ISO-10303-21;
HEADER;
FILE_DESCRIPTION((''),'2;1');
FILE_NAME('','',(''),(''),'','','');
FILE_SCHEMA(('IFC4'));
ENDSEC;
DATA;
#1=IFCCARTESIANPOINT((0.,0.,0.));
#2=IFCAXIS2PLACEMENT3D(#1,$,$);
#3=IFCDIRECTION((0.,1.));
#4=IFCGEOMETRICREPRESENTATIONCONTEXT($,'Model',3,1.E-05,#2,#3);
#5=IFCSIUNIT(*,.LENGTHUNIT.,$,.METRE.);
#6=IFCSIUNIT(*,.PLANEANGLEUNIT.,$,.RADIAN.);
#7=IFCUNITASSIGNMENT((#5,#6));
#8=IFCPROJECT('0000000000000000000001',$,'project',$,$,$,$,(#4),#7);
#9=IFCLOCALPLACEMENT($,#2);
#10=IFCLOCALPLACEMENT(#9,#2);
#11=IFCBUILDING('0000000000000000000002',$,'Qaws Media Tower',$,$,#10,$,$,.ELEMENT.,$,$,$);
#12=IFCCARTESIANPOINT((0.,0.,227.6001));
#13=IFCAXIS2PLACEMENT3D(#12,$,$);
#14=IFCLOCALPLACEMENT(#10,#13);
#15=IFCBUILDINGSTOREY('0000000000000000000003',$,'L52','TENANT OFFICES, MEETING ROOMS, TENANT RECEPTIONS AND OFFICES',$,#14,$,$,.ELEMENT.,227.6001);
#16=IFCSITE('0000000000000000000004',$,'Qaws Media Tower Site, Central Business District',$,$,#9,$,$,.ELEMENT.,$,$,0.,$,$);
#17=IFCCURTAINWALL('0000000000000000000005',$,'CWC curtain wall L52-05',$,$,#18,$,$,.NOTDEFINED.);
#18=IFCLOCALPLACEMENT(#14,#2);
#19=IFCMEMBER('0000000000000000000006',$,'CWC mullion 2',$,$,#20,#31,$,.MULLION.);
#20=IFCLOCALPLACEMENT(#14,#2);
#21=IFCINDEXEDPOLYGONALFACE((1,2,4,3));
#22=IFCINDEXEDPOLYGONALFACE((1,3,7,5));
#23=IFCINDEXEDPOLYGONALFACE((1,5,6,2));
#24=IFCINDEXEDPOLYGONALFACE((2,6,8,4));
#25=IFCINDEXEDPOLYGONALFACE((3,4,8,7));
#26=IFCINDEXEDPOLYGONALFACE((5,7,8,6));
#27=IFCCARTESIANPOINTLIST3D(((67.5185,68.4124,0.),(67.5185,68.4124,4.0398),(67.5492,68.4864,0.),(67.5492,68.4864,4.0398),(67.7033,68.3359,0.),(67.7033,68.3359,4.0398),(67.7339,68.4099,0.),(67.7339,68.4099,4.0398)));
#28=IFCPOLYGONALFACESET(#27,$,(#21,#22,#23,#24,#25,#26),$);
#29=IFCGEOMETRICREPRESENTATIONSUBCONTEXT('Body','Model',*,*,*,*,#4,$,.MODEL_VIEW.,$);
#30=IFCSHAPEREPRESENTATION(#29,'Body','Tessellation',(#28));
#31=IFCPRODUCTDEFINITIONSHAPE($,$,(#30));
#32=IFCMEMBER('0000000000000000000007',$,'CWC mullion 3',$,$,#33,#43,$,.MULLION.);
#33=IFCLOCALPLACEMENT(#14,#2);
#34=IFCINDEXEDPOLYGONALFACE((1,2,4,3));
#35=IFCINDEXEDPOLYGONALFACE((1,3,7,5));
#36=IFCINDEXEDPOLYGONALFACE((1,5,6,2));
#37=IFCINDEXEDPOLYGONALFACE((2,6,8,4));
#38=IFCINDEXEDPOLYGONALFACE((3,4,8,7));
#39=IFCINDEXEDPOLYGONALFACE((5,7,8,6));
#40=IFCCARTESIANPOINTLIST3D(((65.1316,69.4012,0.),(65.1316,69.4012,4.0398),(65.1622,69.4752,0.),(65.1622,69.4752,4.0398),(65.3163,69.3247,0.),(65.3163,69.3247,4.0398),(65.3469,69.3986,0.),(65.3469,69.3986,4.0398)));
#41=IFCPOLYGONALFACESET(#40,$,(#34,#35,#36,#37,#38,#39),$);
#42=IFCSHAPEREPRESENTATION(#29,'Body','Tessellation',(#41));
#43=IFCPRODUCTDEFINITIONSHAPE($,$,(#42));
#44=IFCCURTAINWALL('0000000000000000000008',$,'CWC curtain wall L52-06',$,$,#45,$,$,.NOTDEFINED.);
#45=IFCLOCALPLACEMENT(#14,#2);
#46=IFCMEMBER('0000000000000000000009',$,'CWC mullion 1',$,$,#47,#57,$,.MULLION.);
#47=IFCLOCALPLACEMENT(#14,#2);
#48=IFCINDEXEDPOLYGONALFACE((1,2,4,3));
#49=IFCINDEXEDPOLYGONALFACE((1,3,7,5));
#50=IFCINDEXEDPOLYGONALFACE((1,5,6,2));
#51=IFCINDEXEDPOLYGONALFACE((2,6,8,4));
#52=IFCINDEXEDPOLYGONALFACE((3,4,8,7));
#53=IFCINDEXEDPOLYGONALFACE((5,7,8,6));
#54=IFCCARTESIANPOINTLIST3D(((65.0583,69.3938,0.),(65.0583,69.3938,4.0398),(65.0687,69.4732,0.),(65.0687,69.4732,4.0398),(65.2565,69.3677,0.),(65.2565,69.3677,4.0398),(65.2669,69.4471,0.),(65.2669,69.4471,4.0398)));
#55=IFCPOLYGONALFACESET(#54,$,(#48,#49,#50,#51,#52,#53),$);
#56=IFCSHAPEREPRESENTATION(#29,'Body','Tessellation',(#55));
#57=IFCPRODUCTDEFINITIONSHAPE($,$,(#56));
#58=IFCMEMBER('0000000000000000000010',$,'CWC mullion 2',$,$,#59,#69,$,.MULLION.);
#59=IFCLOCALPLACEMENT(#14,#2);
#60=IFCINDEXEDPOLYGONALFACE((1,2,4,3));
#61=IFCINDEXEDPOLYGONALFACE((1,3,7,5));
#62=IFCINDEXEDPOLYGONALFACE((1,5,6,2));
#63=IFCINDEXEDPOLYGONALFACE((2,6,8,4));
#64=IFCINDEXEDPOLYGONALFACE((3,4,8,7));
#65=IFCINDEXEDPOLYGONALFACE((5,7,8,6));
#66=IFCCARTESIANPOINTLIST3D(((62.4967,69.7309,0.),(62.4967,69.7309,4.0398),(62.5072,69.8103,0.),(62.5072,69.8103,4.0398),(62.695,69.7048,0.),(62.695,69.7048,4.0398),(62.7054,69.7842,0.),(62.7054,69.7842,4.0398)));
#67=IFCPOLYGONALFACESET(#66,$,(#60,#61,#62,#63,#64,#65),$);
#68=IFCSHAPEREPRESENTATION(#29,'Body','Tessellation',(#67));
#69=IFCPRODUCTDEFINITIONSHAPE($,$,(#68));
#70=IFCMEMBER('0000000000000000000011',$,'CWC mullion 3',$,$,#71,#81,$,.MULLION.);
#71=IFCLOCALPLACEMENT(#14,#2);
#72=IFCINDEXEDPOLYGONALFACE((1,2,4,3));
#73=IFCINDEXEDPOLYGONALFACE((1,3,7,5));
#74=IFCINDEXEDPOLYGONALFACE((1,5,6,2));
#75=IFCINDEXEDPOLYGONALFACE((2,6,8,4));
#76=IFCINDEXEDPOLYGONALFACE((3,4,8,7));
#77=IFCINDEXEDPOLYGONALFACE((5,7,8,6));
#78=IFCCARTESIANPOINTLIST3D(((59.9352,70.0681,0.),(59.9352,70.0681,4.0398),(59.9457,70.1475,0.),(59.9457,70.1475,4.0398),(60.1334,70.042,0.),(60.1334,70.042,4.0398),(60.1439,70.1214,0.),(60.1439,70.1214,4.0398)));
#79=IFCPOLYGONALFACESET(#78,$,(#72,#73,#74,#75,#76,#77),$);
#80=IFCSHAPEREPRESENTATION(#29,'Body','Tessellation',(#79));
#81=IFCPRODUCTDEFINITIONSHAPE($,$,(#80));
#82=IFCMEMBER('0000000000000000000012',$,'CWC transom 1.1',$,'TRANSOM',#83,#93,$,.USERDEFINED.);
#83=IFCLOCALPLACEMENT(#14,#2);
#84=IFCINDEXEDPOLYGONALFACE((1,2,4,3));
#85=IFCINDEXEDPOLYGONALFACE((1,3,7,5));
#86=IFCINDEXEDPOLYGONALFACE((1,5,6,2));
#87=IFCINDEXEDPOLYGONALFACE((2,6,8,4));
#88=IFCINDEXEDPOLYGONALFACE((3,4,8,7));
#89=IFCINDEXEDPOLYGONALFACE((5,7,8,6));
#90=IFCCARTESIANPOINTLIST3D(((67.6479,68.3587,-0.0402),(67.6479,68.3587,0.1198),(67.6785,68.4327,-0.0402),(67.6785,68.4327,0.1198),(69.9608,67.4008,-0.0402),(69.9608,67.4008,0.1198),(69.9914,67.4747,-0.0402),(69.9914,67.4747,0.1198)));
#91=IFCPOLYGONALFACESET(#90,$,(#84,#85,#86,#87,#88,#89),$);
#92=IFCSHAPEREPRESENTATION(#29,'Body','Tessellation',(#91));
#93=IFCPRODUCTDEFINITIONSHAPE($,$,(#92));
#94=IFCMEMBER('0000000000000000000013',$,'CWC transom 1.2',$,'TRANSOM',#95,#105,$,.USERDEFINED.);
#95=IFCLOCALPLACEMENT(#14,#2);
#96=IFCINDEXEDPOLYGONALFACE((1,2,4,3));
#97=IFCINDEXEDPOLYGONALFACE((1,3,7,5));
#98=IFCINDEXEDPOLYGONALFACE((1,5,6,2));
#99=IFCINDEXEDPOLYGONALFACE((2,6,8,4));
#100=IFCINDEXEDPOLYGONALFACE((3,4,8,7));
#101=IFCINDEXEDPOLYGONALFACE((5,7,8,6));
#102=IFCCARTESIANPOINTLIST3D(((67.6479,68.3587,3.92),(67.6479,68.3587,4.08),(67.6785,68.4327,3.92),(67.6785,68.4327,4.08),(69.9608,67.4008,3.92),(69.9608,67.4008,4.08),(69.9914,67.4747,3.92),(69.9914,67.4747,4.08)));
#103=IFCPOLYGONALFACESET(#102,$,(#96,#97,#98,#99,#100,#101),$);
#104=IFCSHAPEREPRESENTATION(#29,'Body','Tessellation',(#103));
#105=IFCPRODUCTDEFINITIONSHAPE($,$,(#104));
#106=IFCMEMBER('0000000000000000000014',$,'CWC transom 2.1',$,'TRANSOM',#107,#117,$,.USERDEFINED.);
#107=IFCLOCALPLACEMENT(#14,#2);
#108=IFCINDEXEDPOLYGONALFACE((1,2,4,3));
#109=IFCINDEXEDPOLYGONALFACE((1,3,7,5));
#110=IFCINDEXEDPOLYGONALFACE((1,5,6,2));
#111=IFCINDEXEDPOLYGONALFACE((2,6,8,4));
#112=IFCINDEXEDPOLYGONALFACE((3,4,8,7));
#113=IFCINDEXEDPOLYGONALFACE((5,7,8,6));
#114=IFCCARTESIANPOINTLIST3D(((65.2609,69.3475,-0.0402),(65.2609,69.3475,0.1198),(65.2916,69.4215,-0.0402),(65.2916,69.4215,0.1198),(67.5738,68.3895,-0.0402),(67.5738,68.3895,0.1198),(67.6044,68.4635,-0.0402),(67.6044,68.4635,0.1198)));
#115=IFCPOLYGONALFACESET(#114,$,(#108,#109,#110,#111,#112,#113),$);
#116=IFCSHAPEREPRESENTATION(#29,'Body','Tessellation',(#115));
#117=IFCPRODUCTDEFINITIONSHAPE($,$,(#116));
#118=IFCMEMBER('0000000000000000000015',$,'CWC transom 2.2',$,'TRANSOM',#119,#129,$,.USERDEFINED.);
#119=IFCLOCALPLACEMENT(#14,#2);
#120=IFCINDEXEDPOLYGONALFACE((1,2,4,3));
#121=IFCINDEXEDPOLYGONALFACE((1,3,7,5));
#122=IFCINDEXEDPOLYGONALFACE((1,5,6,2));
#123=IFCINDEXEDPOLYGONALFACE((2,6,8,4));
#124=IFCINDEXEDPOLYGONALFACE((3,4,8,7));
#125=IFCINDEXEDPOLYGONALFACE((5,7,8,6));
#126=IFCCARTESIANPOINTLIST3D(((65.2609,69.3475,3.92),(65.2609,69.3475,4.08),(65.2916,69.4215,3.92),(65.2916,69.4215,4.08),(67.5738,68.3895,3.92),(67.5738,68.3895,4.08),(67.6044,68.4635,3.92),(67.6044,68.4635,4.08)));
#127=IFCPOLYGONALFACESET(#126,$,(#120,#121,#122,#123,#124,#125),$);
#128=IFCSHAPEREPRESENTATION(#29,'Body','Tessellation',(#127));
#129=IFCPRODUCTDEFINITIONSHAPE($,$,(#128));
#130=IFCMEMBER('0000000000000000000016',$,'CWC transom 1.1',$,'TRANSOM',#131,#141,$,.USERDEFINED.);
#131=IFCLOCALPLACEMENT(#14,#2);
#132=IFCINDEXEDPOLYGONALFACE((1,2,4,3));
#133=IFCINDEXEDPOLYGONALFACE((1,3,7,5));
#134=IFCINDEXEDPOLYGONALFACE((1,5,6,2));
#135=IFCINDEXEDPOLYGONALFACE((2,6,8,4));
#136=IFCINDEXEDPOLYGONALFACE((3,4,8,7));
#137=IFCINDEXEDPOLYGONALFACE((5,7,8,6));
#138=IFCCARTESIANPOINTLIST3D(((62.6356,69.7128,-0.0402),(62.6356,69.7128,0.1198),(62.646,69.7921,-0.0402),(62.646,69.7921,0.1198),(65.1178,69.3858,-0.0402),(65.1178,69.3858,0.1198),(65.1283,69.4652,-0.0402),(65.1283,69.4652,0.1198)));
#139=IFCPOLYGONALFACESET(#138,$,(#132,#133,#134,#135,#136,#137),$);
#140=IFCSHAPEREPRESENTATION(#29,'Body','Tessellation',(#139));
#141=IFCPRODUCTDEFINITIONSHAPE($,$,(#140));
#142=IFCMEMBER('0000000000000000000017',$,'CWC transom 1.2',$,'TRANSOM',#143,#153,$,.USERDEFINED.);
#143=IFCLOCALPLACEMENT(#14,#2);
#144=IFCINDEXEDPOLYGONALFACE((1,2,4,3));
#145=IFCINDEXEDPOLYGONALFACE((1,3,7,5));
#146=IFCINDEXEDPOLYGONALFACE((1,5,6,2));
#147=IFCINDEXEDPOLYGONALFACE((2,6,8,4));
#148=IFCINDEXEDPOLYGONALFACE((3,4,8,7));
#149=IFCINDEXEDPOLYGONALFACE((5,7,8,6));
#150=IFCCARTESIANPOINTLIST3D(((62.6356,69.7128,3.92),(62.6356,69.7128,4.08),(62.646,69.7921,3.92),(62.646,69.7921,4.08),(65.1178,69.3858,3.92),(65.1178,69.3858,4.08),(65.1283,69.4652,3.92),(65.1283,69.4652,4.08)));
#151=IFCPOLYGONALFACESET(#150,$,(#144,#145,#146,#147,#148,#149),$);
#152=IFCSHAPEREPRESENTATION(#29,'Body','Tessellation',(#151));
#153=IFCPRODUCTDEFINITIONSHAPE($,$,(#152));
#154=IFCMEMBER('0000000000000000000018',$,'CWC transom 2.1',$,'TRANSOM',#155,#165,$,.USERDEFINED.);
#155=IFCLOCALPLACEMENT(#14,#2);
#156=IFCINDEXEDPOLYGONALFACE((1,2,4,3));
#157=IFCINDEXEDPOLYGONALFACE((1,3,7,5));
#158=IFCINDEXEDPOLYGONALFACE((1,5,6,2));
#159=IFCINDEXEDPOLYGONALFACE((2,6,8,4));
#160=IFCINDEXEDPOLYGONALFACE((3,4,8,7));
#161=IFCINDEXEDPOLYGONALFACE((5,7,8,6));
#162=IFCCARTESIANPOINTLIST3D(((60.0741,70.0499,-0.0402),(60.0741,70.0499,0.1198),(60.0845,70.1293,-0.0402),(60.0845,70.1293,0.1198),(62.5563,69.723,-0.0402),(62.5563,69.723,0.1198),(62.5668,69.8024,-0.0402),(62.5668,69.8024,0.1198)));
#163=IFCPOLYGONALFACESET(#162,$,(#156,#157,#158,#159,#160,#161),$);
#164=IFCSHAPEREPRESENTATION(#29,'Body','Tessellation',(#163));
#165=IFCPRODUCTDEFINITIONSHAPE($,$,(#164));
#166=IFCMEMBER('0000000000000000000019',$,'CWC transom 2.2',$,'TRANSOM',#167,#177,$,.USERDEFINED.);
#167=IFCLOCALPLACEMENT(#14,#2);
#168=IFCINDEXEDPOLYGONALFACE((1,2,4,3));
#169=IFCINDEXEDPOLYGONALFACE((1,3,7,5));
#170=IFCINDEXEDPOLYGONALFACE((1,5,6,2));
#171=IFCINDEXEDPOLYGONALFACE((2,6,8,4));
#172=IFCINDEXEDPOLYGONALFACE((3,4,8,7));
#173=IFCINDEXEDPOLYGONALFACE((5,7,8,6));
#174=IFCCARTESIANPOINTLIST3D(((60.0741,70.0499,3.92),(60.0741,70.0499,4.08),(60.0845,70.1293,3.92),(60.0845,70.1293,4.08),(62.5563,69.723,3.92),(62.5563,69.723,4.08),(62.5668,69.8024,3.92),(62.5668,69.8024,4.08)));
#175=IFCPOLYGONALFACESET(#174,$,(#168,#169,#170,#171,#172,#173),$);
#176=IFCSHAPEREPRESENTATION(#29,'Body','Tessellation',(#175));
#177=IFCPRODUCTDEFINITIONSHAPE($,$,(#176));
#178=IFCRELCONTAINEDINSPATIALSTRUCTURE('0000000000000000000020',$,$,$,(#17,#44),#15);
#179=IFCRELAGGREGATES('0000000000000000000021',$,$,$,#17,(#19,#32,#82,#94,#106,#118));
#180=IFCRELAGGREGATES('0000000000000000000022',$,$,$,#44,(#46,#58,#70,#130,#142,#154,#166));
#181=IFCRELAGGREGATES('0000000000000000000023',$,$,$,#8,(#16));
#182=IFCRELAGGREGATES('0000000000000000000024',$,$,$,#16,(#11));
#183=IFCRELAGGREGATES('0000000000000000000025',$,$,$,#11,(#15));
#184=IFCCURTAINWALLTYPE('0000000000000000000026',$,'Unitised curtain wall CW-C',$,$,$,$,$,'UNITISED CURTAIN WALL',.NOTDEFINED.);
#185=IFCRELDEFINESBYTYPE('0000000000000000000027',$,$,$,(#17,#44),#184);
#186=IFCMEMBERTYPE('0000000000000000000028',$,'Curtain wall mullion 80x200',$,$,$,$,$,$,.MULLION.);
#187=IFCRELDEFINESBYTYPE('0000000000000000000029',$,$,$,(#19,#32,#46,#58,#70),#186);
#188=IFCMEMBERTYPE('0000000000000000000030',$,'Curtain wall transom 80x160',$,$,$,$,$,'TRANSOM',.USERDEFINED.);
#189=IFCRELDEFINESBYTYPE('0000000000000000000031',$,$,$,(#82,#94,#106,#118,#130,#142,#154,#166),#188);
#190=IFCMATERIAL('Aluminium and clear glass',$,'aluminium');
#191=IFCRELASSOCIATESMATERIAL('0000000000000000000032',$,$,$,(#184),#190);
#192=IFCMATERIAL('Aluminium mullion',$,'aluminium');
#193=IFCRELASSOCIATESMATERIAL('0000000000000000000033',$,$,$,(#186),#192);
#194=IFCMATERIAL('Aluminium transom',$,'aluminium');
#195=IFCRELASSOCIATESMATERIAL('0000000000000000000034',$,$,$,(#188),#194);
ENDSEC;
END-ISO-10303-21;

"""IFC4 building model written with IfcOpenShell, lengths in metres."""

from ifc_helpers import new_model, si_unit, direction, frame, origin, origin_2d, place, context, subcontext, project, spatial, rectangle, extrude, material, material_profile, profile_set, type_object, element, aggregate, save


model = new_model("IFC4")

# Units and contexts
model_context = context("Model", 3, precision=1e-05, world=origin(), true_north=direction((0.0, 1.0)))
body_context = subcontext(model_context, "Body", "Model", "MODEL_VIEW")
ifc_project = project(units=[si_unit("LENGTHUNIT", "METRE"), si_unit("PLANEANGLEUNIT", "RADIAN")], contexts=[model_context])

# Site, building, storey
site_placement = place(None, origin())
site = spatial("IfcSite", under=ifc_project, at=site_placement, Name="Qaws Media Tower Site, Central Business District", CompositionType="ELEMENT", RefElevation=0.0)
building_placement = place(site_placement, origin())
building = spatial("IfcBuilding", under=site, at=building_placement, Name="Qaws Media Tower", CompositionType="ELEMENT")
storey_placement = place(building_placement, frame((0.0, 0.0, 227.6001)))
storey = spatial("IfcBuildingStorey", under=building, at=storey_placement, Name="L52", Description="TENANT OFFICES, MEETING ROOMS, TENANT RECEPTIONS AND OFFICES", CompositionType="ELEMENT", Elevation=227.6001)

# Curtain walls, members
ifc_material_1 = material(Name="Aluminium and clear glass", Category="aluminium")
curtain_wall_type = type_object("IfcCurtainWallType", Name="Unitised curtain wall CW-C", ElementType="UNITISED CURTAIN WALL", PredefinedType="NOTDEFINED", material=ifc_material_1)
curtain_wall_1_placement = place(storey_placement, origin())
curtain_wall_1 = element("IfcCurtainWall", 1, at=curtain_wall_1_placement, inside=storey, type_object=curtain_wall_type, Name="CWC curtain wall L52-05", PredefinedType="NOTDEFINED")
ifc_material_2 = material(Name="Aluminium mullion", Category="aluminium")
ifc_material_profile_1 = material_profile(ifc_material_2, rectangle(XDim=0.0801, YDim=0.2, at=origin_2d()), Name="80x200")
ifc_profile_set_1 = profile_set([ifc_material_profile_1], Name="Aluminium mullion")
member_type_1 = type_object("IfcMemberType", Name="Curtain wall mullion 80x200", PredefinedType="MULLION", material=ifc_profile_set_1)
member_1_placement = place(storey_placement, frame((67.6262, 68.4111, 0.0), z_axis=(0.0, 0.0, 1.0), x_axis=(-0.382683, -0.92388, 0.0)))
member_1 = element("IfcMember", 2, at=member_1_placement, type_object=member_type_1, Name="CWC mullion 2", PredefinedType="MULLION", context=body_context, shape_type="SweptSolid", body=[
    extrude(rectangle(XDim=0.0801, YDim=0.2, at=origin_2d()), origin(), (0.0, 0.0, 1.0), 4.0398),
])
member_2_placement = place(storey_placement, frame((65.2393, 69.3999, 0.0), z_axis=(0.0, 0.0, 1.0), x_axis=(-0.382683, -0.92388, 0.0)))
member_2 = element("IfcMember", 3, at=member_2_placement, type_object=member_type_1, Name="CWC mullion 3", PredefinedType="MULLION", context=body_context, shape_type="SweptSolid", body=[
    extrude(rectangle(XDim=0.0801, YDim=0.2, at=origin_2d()), origin(), (0.0, 0.0, 1.0), 4.0398),
])
curtain_wall_2_placement = place(storey_placement, origin())
curtain_wall_2 = element("IfcCurtainWall", 4, at=curtain_wall_2_placement, inside=storey, type_object=curtain_wall_type, Name="CWC curtain wall L52-06", PredefinedType="NOTDEFINED")
member_3_placement = place(storey_placement, frame((65.1626, 69.4204, 0.0), z_axis=(0.0, 0.0, 1.0), x_axis=(-0.130526, -0.991445, 0.0)))
member_3 = element("IfcMember", 5, at=member_3_placement, type_object=member_type_1, Name="CWC mullion 1", PredefinedType="MULLION", context=body_context, shape_type="SweptSolid", body=[
    extrude(rectangle(XDim=0.0801, YDim=0.2, at=origin_2d()), origin(), (0.0, 0.0, 1.0), 4.0398),
])
member_4_placement = place(storey_placement, frame((62.6011, 69.7576, 0.0), z_axis=(0.0, 0.0, 1.0), x_axis=(-0.130526, -0.991445, 0.0)))
member_4 = element("IfcMember", 6, at=member_4_placement, type_object=member_type_1, Name="CWC mullion 2", PredefinedType="MULLION", context=body_context, shape_type="SweptSolid", body=[
    extrude(rectangle(XDim=0.0801, YDim=0.2, at=origin_2d()), origin(), (0.0, 0.0, 1.0), 4.0398),
])
member_5_placement = place(storey_placement, frame((60.0396, 70.0947, 0.0), z_axis=(0.0, 0.0, 1.0), x_axis=(-0.130526, -0.991445, 0.0)))
member_5 = element("IfcMember", 7, at=member_5_placement, type_object=member_type_1, Name="CWC mullion 3", PredefinedType="MULLION", context=body_context, shape_type="SweptSolid", body=[
    extrude(rectangle(XDim=0.0801, YDim=0.2, at=origin_2d()), origin(), (0.0, 0.0, 1.0), 4.0398),
])

# Members
ifc_material_3 = material(Name="Aluminium transom", Category="aluminium")
ifc_material_profile_2 = material_profile(ifc_material_3, rectangle(XDim=0.0801, YDim=0.1599, at=origin_2d()), Name="80x160")
ifc_profile_set_2 = profile_set([ifc_material_profile_2], Name="Aluminium transom")
member_type_2 = type_object("IfcMemberType", Name="Curtain wall transom 80x160", ElementType="TRANSOM", PredefinedType="USERDEFINED", material=ifc_profile_set_2)
member_6_placement = place(storey_placement, frame((69.9761, 67.4377, 0.0398), z_axis=(-0.923888, 0.382662, 0.0), x_axis=(-0.382662, -0.923888, 0.0)))
member_6 = element("IfcMember", 8, at=member_6_placement, type_object=member_type_2, Name="CWC transom 1.1", ObjectType="TRANSOM", PredefinedType="USERDEFINED", context=body_context, shape_type="SweptSolid", body=[
    extrude(rectangle(XDim=0.0801, YDim=0.1599, at=origin_2d()), origin(), (0.0, 0.0, 1.0), 2.5034),
])
member_7_placement = place(storey_placement, frame((69.9761, 67.4377, 4.0), z_axis=(-0.923888, 0.382662, 0.0), x_axis=(-0.382662, -0.923888, 0.0)))
member_7 = element("IfcMember", 9, at=member_7_placement, type_object=member_type_2, Name="CWC transom 1.2", ObjectType="TRANSOM", PredefinedType="USERDEFINED", context=body_context, shape_type="SweptSolid", body=[
    extrude(rectangle(XDim=0.0801, YDim=0.1599, at=origin_2d()), origin(), (0.0, 0.0, 1.0), 2.5034),
])
member_8_placement = place(storey_placement, frame((67.5891, 68.4265, 0.0398), z_axis=(-0.923888, 0.382662, 0.0), x_axis=(-0.382662, -0.923888, 0.0)))
member_8 = element("IfcMember", 10, at=member_8_placement, type_object=member_type_2, Name="CWC transom 2.1", ObjectType="TRANSOM", PredefinedType="USERDEFINED", context=body_context, shape_type="SweptSolid", body=[
    extrude(rectangle(XDim=0.0801, YDim=0.1599, at=origin_2d()), origin(), (0.0, 0.0, 1.0), 2.5034),
])
member_9_placement = place(storey_placement, frame((67.5891, 68.4265, 4.0), z_axis=(-0.923888, 0.382662, 0.0), x_axis=(-0.382662, -0.923888, 0.0)))
member_9 = element("IfcMember", 11, at=member_9_placement, type_object=member_type_2, Name="CWC transom 2.2", ObjectType="TRANSOM", PredefinedType="USERDEFINED", context=body_context, shape_type="SweptSolid", body=[
    extrude(rectangle(XDim=0.0801, YDim=0.1599, at=origin_2d()), origin(), (0.0, 0.0, 1.0), 2.5034),
])
member_10_placement = place(storey_placement, frame((65.123, 69.4255, 0.0398), z_axis=(-0.991439, 0.130573, 0.0), x_axis=(-0.130573, -0.991439, 0.0)))
member_10 = element("IfcMember", 12, at=member_10_placement, type_object=member_type_2, Name="CWC transom 1.1", ObjectType="TRANSOM", PredefinedType="USERDEFINED", context=body_context, shape_type="SweptSolid", body=[
    extrude(rectangle(XDim=0.0801, YDim=0.1599, at=origin_2d()), origin(), (0.0, 0.0, 1.0), 2.5037),
])
member_11_placement = place(storey_placement, frame((65.123, 69.4255, 4.0), z_axis=(-0.991439, 0.130573, 0.0), x_axis=(-0.130573, -0.991439, 0.0)))
member_11 = element("IfcMember", 13, at=member_11_placement, type_object=member_type_2, Name="CWC transom 1.2", ObjectType="TRANSOM", PredefinedType="USERDEFINED", context=body_context, shape_type="SweptSolid", body=[
    extrude(rectangle(XDim=0.0801, YDim=0.1599, at=origin_2d()), origin(), (0.0, 0.0, 1.0), 2.5037),
])
member_12_placement = place(storey_placement, frame((62.5615, 69.7627, 0.0398), z_axis=(-0.991439, 0.130573, 0.0), x_axis=(-0.130573, -0.991439, 0.0)))
member_12 = element("IfcMember", 14, at=member_12_placement, type_object=member_type_2, Name="CWC transom 2.1", ObjectType="TRANSOM", PredefinedType="USERDEFINED", context=body_context, shape_type="SweptSolid", body=[
    extrude(rectangle(XDim=0.0801, YDim=0.1599, at=origin_2d()), origin(), (0.0, 0.0, 1.0), 2.5037),
])
member_13_placement = place(storey_placement, frame((62.5615, 69.7627, 4.0), z_axis=(-0.991439, 0.130573, 0.0), x_axis=(-0.130573, -0.991439, 0.0)))
member_13 = element("IfcMember", 15, at=member_13_placement, type_object=member_type_2, Name="CWC transom 2.2", ObjectType="TRANSOM", PredefinedType="USERDEFINED", context=body_context, shape_type="SweptSolid", body=[
    extrude(rectangle(XDim=0.0801, YDim=0.1599, at=origin_2d()), origin(), (0.0, 0.0, 1.0), 2.5037),
])

aggregate(curtain_wall_1, [member_1, member_2, member_6, member_7, member_8, member_9])
aggregate(curtain_wall_2, [member_3, member_4, member_5, member_10, member_11, member_12, member_13])

save(model, "model.ifc")
